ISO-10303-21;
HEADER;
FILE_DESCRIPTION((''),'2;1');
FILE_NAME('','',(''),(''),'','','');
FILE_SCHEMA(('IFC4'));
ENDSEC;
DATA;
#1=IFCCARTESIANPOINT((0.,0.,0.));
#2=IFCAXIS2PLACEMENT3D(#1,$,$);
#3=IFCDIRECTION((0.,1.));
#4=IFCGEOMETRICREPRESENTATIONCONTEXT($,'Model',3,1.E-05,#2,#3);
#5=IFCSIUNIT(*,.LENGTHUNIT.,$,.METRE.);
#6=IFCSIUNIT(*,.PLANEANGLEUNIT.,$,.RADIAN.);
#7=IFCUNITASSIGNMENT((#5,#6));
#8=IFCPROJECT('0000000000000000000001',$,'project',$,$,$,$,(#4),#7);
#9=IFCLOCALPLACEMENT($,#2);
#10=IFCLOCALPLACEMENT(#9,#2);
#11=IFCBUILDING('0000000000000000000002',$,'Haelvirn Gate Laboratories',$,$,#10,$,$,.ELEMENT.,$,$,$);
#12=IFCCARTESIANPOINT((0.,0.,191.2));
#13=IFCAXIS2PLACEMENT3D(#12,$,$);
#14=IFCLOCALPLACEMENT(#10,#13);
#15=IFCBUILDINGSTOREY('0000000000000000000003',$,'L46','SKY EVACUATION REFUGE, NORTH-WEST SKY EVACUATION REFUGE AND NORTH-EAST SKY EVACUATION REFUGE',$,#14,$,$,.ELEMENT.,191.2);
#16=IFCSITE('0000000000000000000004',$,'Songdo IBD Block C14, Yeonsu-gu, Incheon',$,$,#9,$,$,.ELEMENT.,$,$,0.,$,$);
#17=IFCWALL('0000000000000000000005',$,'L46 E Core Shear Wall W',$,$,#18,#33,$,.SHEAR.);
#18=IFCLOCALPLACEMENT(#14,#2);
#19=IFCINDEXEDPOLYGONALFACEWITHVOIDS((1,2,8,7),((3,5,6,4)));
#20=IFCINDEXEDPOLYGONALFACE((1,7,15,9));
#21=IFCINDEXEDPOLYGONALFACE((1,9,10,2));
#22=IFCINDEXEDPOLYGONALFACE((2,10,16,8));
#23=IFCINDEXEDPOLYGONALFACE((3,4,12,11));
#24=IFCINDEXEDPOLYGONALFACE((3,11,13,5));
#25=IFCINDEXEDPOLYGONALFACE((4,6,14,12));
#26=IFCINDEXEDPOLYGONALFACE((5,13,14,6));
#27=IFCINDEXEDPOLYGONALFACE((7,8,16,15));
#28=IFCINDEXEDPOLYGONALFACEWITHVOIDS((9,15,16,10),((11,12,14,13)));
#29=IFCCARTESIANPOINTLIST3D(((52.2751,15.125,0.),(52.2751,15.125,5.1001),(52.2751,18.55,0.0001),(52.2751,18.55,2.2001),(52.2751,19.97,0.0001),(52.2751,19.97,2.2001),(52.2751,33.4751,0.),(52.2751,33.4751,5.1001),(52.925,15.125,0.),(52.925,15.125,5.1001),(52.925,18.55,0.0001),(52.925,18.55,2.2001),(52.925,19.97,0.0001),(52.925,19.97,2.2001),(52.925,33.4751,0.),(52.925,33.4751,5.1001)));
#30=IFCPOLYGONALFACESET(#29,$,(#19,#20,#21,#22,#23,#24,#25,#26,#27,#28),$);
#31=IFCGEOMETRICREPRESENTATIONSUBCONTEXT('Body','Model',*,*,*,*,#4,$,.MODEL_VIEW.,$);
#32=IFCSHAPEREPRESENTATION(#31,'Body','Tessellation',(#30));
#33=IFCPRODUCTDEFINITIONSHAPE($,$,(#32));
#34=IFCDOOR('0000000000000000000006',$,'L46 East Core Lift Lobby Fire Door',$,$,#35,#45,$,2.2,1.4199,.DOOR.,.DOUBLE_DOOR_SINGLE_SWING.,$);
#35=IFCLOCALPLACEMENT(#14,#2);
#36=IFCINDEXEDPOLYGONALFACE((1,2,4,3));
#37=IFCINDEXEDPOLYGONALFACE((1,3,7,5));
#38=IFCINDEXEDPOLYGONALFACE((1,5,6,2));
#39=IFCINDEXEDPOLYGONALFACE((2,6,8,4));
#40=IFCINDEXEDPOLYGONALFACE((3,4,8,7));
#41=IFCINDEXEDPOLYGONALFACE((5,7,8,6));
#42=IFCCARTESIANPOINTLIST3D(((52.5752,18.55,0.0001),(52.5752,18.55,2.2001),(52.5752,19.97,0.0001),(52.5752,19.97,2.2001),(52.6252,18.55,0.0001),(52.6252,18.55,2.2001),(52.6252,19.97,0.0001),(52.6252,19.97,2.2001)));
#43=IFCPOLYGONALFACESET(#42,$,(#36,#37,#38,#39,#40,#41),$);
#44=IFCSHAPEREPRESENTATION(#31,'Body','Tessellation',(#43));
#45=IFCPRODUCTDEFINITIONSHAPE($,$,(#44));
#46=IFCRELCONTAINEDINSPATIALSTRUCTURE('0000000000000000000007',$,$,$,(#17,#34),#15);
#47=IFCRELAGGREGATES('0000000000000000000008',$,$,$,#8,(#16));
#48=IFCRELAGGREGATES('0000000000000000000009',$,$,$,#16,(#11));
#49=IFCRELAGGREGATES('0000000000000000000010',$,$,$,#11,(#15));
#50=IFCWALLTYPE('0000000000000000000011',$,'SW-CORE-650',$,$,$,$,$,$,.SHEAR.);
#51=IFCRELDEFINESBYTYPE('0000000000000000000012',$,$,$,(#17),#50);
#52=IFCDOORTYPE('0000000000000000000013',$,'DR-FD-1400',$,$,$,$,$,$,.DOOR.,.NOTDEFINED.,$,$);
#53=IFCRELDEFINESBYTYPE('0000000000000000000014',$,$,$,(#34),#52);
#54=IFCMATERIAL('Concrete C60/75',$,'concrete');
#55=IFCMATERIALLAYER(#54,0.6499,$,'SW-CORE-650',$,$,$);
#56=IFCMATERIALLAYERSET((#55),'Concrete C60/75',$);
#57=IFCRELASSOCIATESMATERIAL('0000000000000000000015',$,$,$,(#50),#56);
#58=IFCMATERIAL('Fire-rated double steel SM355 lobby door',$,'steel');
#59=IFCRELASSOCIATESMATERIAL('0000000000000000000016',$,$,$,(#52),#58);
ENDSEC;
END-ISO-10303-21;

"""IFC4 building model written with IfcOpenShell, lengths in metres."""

from ifc_helpers import new_model, si_unit, direction, frame, frame_2d, origin, place, context, subcontext, project, spatial, rectangle, extrude, source, transform, mapped, material, layer, layer_set, type_object, type_shapes, element, fill, save


model = new_model("IFC4")

# Units and contexts
model_context = context("Model", 3, precision=1e-05, world=origin(), true_north=direction((0.0, 1.0)))
body_context = subcontext(model_context, "Body", "Model", "MODEL_VIEW")
ifc_project = project(units=[si_unit("LENGTHUNIT", "METRE"), si_unit("PLANEANGLEUNIT", "RADIAN")], contexts=[model_context])

# Site, building, storey
site_placement = place(None, origin())
site = spatial("IfcSite", under=ifc_project, at=site_placement, Name="Songdo IBD Block C14, Yeonsu-gu, Incheon", CompositionType="ELEMENT", RefElevation=0.0)
building_placement = place(site_placement, origin())
building = spatial("IfcBuilding", under=site, at=building_placement, Name="Haelvirn Gate Laboratories", CompositionType="ELEMENT")
storey_placement = place(building_placement, frame((0.0, 0.0, 191.2)))
storey = spatial("IfcBuildingStorey", under=building, at=storey_placement, Name="L46", Description="SKY EVACUATION REFUGE, NORTH-WEST SKY EVACUATION REFUGE AND NORTH-EAST SKY EVACUATION REFUGE", CompositionType="ELEMENT", Elevation=191.2)

# Shared definitions
ifc_material_1 = material(Name="Concrete C60/75", Category="concrete")

# Wall, opening, door
ifc_layer_1 = layer(ifc_material_1, 0.6499, Name="SW-CORE-650")
ifc_layer_set_1 = layer_set([ifc_layer_1], Name="Concrete C60/75")
wall_type_1 = type_object("IfcWallType", Name="SW-CORE-650", PredefinedType="SHEAR", material=ifc_layer_set_1)
wall_1_placement = place(storey_placement, frame((52.6001, 15.125, 0.0), z_axis=(0.0, 0.0, 1.0), x_axis=(0.0, 1.0, 0.0)))
wall_1 = element("IfcWall", 1, at=wall_1_placement, inside=storey, type_object=wall_type_1, Name="L46 E Core Shear Wall W", PredefinedType="SHEAR", context=body_context, shape_type="SweptSolid", body=[
    extrude(rectangle(XDim=18.3501, YDim=0.6499, at=frame_2d((9.175, 0.0))), origin(), (0.0, 0.0, 1.0), 5.1001),
])
opening_1_placement = place(wall_1_placement, frame((3.425, 0.0, 0.0)))
opening_1 = element("IfcOpeningElement", 2, at=opening_1_placement, cuts=wall_1, PredefinedType="OPENING", context=body_context, shape_type="SweptSolid", body=[
    extrude(rectangle(XDim=1.4199, YDim=2.2, at=frame_2d((0.71, 1.1001))), frame((0.0, 0.335, 0.0), z_axis=(0.0, -1.0, 0.0), x_axis=(1.0, 0.0, 0.0)), (0.0, 0.0, 1.0), 0.6699),
])
ifc_material_2 = material(Name="Fire-rated double steel SM355 lobby door", Category="steel")
door_type_1 = type_object("IfcDoorType", Name="DR-FD-1400", OperationType="NOTDEFINED", PredefinedType="DOOR", material=ifc_material_2)
shared_shape_1 = source(origin(), body_context, "Body", "SweptSolid", [
    extrude(rectangle(XDim=1.4199, YDim=2.2, at=frame_2d((0.71, 1.1001))), frame((0.0, 0.0249, 0.0), z_axis=(0.0, -1.0, 0.0), x_axis=(1.0, 0.0, 0.0)), (0.0, 0.0, 1.0), 0.05),
])
type_shapes(door_type_1, [shared_shape_1])
door_1_placement = place(opening_1_placement, origin())
door_1 = element("IfcDoor", 3, at=door_1_placement, inside=storey, type_object=door_type_1, Name="L46 East Core Lift Lobby Fire Door", OperationType="DOUBLE_DOOR_SINGLE_SWING", OverallHeight=2.2, OverallWidth=1.4199, PredefinedType="DOOR", context=body_context, shape_type="MappedRepresentation", body=[
    mapped(shared_shape_1, transform((0.0, 0.0, 0.0), scale=1.0)),
])
fill(opening_1, door_1)

save(model, "model.ifc")
